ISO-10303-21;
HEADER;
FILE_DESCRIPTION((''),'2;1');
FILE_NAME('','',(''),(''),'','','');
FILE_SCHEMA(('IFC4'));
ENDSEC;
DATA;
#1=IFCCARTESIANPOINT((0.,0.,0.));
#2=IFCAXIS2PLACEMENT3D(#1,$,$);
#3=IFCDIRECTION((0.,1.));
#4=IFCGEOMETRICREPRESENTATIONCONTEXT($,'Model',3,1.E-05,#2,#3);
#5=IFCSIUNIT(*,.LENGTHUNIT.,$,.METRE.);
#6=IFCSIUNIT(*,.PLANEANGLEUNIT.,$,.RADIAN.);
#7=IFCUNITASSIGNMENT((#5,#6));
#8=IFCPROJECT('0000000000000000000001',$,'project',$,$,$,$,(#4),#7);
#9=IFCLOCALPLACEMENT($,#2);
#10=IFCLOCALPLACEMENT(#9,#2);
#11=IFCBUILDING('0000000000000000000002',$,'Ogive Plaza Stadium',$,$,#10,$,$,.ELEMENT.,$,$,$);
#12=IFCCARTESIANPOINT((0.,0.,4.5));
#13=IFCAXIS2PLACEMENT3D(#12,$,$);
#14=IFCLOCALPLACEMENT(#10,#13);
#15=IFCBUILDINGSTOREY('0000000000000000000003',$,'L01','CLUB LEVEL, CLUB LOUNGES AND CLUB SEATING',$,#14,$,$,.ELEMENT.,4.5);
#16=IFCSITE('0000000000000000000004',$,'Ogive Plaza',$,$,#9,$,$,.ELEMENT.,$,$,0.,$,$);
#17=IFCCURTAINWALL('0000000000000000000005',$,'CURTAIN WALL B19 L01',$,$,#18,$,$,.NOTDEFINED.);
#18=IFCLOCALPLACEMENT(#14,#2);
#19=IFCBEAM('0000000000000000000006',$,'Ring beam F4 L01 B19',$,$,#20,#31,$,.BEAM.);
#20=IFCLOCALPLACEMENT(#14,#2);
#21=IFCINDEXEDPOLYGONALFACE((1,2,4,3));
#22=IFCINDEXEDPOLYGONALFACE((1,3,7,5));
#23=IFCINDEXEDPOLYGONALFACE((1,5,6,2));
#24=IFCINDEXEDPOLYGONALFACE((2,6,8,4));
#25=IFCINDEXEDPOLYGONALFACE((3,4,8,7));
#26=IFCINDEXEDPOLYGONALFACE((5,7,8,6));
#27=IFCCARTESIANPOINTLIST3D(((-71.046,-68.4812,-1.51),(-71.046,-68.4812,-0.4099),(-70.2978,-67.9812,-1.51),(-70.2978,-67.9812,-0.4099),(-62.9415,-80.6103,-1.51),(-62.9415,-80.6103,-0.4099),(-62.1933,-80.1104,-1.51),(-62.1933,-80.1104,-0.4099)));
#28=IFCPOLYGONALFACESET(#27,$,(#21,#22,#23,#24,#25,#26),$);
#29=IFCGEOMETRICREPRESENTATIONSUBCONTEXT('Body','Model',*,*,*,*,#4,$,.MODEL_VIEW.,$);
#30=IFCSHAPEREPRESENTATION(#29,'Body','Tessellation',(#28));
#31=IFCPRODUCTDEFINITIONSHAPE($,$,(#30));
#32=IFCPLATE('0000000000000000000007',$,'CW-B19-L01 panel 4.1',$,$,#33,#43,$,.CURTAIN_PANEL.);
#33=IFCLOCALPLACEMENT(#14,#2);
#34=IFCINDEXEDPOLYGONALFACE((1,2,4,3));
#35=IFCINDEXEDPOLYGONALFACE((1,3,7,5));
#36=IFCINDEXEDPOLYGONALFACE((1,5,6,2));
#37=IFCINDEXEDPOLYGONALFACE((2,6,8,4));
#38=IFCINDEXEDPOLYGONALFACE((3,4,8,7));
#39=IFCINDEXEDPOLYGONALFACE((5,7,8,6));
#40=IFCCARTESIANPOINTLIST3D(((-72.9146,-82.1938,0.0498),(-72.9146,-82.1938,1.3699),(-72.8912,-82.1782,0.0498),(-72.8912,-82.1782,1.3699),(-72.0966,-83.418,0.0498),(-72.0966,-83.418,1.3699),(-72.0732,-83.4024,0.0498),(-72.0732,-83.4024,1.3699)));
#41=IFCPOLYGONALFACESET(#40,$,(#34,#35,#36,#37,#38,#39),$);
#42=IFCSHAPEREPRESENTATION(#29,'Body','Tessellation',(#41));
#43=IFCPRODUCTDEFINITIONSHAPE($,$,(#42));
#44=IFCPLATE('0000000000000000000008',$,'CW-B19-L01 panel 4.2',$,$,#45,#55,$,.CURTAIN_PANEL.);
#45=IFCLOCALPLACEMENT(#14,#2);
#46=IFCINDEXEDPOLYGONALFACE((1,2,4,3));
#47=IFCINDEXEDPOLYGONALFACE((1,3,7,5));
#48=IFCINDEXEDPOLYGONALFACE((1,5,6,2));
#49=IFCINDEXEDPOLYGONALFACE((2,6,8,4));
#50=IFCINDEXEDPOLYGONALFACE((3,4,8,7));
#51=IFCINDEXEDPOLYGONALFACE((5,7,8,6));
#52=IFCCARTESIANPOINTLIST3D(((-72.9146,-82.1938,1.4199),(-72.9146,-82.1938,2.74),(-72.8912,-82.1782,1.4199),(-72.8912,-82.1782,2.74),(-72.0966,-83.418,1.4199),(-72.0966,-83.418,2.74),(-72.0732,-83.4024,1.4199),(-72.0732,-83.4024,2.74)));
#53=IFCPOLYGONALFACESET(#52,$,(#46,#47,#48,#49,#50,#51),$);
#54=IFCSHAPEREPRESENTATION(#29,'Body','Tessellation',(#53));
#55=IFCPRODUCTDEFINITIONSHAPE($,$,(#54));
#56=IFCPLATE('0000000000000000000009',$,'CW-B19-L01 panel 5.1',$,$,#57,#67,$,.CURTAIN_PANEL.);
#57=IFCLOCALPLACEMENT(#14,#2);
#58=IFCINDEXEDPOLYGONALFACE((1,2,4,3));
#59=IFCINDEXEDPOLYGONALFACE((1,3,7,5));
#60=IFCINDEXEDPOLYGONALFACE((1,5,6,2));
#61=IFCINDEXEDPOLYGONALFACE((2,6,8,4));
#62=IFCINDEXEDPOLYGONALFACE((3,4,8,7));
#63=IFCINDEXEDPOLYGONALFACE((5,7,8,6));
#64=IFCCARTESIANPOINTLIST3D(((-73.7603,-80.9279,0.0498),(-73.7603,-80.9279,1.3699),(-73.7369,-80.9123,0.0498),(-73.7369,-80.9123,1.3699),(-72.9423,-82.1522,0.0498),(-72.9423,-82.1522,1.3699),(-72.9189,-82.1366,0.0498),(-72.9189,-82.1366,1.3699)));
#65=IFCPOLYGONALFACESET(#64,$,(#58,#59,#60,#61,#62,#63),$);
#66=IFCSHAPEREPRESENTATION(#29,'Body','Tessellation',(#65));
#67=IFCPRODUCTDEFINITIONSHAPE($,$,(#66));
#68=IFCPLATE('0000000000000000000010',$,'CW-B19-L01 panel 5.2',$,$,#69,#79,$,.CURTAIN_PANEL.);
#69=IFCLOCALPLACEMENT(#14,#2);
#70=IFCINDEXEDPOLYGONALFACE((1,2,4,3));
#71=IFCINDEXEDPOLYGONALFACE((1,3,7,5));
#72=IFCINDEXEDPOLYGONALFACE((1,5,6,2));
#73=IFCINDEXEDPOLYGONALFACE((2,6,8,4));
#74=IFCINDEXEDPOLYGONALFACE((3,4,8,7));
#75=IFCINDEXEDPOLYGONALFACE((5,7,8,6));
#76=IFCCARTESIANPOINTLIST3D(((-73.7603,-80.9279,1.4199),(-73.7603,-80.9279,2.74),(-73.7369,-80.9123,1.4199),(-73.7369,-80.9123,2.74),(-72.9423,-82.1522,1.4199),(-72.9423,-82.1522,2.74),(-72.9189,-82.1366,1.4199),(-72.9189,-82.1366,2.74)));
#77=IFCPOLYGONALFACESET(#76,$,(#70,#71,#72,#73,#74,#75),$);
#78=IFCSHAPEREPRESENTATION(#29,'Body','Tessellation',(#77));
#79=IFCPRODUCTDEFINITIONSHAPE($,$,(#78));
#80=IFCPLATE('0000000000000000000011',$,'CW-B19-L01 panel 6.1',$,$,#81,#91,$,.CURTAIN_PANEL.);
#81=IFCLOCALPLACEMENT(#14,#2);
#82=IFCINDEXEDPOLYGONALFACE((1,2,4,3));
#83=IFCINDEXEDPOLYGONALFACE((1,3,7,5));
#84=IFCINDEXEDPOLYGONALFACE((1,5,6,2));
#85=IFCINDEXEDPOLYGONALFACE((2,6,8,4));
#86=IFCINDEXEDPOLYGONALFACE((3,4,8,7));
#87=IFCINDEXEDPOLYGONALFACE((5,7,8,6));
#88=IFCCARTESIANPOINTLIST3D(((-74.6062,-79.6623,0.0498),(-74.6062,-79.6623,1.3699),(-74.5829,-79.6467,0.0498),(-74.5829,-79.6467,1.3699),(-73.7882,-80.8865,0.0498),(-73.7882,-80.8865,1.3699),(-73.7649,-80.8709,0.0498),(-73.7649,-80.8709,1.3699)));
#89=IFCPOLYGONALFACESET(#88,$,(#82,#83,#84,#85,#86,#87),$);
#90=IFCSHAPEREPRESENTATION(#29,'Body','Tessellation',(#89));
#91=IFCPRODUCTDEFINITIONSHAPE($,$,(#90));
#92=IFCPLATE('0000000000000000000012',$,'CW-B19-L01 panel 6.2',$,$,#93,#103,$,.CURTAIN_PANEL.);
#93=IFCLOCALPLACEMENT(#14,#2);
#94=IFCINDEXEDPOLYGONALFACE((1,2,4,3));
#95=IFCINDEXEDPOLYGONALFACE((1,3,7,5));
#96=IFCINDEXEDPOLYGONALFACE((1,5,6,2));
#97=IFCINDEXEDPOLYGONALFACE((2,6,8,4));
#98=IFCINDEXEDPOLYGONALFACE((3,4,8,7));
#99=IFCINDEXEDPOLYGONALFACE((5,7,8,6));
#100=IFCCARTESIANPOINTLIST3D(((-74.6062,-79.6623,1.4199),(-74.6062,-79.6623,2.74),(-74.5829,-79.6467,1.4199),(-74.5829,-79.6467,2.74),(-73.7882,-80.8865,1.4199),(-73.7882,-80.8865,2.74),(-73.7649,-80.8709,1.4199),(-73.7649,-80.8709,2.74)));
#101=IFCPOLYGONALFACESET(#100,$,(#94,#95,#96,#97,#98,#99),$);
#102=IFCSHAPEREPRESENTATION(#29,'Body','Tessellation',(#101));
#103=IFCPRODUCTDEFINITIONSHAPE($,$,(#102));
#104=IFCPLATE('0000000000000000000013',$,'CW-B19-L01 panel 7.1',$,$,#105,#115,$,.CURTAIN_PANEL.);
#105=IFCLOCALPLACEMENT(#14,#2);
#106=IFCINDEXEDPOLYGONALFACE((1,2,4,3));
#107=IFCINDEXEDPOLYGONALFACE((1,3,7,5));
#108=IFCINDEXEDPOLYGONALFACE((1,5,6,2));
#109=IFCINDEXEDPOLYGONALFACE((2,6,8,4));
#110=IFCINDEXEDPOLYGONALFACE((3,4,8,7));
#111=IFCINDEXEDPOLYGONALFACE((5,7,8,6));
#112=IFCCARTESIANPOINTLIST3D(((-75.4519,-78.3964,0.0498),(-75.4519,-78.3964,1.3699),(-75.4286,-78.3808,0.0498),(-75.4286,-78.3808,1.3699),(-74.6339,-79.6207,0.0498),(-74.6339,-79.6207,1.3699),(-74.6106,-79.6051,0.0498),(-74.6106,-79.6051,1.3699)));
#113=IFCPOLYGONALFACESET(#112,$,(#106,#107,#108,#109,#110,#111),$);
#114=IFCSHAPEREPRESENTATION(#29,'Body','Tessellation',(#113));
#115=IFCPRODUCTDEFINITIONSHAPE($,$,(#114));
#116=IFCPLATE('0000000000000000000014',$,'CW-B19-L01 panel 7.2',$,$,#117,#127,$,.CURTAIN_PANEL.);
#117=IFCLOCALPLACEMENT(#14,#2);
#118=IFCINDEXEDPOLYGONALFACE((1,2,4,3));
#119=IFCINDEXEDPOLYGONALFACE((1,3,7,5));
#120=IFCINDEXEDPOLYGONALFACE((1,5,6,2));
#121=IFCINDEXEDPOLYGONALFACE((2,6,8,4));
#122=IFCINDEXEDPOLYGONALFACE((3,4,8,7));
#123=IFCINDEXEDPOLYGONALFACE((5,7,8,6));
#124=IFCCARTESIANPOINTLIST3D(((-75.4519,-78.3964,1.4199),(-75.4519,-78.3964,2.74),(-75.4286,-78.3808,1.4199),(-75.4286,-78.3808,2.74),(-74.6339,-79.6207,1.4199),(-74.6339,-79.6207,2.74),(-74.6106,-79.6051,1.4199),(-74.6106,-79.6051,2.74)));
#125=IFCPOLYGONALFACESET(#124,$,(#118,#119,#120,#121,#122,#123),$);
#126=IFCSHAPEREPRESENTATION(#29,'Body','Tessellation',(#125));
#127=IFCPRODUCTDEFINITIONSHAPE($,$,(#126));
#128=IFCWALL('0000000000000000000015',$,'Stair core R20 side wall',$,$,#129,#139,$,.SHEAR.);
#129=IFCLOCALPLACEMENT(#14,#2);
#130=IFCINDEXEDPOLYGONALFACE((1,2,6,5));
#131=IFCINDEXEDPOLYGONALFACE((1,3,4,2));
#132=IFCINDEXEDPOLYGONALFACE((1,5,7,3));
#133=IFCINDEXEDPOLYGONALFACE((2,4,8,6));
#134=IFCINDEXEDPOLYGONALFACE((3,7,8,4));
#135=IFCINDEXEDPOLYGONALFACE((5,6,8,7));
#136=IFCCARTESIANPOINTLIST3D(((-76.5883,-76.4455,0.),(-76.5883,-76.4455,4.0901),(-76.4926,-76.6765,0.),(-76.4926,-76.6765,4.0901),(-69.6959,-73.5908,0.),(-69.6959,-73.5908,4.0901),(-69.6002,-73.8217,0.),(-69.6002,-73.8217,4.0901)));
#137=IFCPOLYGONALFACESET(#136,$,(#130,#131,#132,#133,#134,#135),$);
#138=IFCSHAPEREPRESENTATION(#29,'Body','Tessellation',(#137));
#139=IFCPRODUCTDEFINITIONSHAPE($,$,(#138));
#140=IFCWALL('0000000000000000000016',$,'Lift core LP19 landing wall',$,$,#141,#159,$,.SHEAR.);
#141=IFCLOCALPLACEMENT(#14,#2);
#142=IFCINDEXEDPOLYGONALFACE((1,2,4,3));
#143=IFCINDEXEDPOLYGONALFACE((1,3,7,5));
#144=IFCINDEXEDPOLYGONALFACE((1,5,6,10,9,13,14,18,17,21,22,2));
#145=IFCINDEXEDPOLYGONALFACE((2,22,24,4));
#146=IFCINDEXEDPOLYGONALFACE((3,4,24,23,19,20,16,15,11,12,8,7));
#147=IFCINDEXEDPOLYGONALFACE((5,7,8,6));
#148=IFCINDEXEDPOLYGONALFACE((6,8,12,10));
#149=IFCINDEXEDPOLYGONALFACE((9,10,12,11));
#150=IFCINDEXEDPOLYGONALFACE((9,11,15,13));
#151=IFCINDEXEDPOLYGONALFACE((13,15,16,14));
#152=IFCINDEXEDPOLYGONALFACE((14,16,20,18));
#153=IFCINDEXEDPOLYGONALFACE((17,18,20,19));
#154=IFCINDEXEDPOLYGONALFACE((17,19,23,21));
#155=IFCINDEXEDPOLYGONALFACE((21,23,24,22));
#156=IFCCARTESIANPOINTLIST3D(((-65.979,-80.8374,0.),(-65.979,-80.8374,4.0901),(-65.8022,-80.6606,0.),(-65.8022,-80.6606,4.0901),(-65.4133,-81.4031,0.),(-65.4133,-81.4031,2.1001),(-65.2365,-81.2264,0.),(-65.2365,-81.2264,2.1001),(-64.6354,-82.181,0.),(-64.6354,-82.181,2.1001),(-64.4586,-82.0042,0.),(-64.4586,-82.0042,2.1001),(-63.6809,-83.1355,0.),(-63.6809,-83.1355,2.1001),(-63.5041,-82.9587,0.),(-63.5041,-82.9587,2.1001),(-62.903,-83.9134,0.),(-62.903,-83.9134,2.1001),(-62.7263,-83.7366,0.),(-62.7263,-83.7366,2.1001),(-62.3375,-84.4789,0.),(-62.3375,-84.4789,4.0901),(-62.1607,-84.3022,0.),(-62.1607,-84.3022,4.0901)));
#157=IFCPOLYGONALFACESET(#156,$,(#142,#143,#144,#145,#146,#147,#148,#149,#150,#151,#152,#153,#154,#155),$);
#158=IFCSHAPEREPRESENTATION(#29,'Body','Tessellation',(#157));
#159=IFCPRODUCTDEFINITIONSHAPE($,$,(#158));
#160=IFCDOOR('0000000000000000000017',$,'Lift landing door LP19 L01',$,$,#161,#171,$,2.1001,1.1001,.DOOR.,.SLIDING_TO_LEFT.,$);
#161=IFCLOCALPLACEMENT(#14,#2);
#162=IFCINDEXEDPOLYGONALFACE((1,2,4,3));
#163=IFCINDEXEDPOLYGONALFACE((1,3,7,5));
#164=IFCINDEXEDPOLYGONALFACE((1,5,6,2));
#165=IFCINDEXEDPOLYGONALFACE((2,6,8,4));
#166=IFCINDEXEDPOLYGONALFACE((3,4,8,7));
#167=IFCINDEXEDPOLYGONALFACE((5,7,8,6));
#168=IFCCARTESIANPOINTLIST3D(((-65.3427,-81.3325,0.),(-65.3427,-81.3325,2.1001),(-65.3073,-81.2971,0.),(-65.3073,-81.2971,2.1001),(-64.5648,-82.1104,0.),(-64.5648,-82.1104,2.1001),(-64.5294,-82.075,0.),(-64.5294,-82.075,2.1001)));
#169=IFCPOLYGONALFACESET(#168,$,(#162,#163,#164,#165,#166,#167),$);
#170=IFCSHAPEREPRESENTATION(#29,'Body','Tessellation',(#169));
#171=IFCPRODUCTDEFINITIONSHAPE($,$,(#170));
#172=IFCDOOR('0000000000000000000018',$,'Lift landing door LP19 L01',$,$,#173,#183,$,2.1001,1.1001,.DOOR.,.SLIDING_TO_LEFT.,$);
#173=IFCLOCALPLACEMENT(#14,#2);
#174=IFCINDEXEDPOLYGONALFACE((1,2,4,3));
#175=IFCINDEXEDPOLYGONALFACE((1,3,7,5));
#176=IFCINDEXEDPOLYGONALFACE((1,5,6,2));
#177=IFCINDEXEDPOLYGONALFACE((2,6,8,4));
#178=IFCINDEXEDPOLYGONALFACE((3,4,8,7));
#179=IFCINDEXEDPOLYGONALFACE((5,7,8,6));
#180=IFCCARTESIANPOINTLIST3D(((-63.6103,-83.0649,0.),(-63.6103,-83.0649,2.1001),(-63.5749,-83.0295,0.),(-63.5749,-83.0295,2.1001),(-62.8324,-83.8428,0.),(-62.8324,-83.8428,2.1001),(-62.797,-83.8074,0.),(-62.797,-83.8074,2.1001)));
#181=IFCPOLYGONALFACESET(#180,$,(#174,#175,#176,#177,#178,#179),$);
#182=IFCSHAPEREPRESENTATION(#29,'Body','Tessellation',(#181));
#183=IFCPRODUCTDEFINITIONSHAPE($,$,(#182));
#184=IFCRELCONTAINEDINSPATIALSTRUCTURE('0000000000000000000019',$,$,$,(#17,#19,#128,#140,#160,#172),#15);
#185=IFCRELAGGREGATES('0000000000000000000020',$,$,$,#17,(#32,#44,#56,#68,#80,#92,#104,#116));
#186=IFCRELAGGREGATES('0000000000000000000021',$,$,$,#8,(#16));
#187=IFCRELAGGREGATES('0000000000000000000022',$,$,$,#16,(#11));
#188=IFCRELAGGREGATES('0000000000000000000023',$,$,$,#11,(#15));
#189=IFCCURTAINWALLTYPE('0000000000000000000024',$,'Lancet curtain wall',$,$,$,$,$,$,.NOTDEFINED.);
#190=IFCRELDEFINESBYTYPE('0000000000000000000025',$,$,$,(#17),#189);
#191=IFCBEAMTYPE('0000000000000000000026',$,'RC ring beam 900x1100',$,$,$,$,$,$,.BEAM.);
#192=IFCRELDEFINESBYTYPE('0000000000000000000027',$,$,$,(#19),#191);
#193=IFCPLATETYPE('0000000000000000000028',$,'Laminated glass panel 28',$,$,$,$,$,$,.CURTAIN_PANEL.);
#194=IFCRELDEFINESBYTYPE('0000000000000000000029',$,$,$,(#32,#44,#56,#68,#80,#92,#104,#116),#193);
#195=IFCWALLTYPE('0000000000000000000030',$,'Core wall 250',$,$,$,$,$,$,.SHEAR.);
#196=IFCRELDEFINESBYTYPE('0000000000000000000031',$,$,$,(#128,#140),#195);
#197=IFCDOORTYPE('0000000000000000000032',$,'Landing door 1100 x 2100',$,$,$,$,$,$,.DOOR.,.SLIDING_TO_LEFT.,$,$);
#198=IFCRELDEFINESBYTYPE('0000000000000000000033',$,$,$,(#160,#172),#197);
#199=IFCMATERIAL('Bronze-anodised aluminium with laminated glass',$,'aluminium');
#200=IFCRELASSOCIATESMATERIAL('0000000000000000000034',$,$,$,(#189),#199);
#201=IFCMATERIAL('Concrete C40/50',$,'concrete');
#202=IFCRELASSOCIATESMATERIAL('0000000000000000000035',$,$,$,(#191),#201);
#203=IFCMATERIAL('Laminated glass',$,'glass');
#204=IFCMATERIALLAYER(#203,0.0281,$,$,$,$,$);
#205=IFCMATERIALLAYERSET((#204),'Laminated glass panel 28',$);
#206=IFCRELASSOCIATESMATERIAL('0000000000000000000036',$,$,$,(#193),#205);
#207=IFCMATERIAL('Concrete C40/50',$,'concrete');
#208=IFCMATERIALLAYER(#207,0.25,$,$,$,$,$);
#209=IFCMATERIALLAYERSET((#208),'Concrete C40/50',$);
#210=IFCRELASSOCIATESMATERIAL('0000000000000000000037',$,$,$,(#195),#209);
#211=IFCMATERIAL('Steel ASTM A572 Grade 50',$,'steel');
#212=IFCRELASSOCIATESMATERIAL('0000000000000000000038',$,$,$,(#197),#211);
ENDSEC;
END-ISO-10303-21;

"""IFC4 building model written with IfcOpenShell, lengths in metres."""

from ifc_helpers import new_model, si_unit, direction, frame, frame_2d, origin, origin_2d, place, context, subcontext, project, spatial, rectangle, extrude, material, layer, layer_set, material_profile, profile_set, type_object, element, fill, aggregate, save


model = new_model("IFC4")

# Units and contexts
model_context = context("Model", 3, precision=1e-05, world=origin(), true_north=direction((0.0, 1.0)))
body_context = subcontext(model_context, "Body", "Model", "MODEL_VIEW")
ifc_project = project(units=[si_unit("LENGTHUNIT", "METRE"), si_unit("PLANEANGLEUNIT", "RADIAN")], contexts=[model_context])

# Site, building, storey
site_placement = place(None, origin())
site = spatial("IfcSite", under=ifc_project, at=site_placement, Name="Ogive Plaza", CompositionType="ELEMENT", RefElevation=0.0)
building_placement = place(site_placement, origin())
building = spatial("IfcBuilding", under=site, at=building_placement, Name="Ogive Plaza Stadium", CompositionType="ELEMENT")
storey_placement = place(building_placement, frame((0.0, 0.0, 4.5)))
storey = spatial("IfcBuildingStorey", under=building, at=storey_placement, Name="L01", Description="CLUB LEVEL, CLUB LOUNGES AND CLUB SEATING", CompositionType="ELEMENT", Elevation=4.5)

# Curtain wall
ifc_material_1 = material(Name="Bronze-anodised aluminium with laminated glass", Category="aluminium")
curtain_wall_type = type_object("IfcCurtainWallType", Name="Lancet curtain wall", PredefinedType="NOTDEFINED", material=ifc_material_1)
curtain_wall_placement = place(storey_placement, origin())
curtain_wall = element("IfcCurtainWall", 1, at=curtain_wall_placement, inside=storey, type_object=curtain_wall_type, Name="CURTAIN WALL B19 L01", PredefinedType="NOTDEFINED")

# Beam
ifc_material_2 = material(Name="Concrete C40/50", Category="concrete")
ifc_material_profile_1 = material_profile(ifc_material_2, rectangle(XDim=0.8999, YDim=1.1001, at=origin_2d()), Name="RC 900x1100")
ifc_profile_set_1 = profile_set([ifc_material_profile_1], Name="Concrete C40/50")
beam_type = type_object("IfcBeamType", Name="RC ring beam 900x1100", PredefinedType="BEAM", material=ifc_profile_set_1)
beam_placement = place(storey_placement, frame((-62.5674, -80.3604, -0.96), z_axis=(-0.555573, 0.831468, 0.0), x_axis=(-0.831468, -0.555573, 0.0)))
element("IfcBeam", 2, at=beam_placement, inside=storey, type_object=beam_type, Name="Ring beam F4 L01 B19", PredefinedType="BEAM", context=body_context, shape_type="SweptSolid", body=[
    extrude(rectangle(XDim=0.8999, YDim=1.1001, at=origin_2d()), origin(), (0.0, 0.0, 1.0), 14.5876),
])

# Plates
ifc_material_3 = material(Name="Laminated glass", Category="glass")
ifc_layer_1 = layer(ifc_material_3, 0.0281)
ifc_layer_set_1 = layer_set([ifc_layer_1], Name="Laminated glass panel 28")
plate_type = type_object("IfcPlateType", Name="Laminated glass panel 28", PredefinedType="CURTAIN_PANEL", material=ifc_layer_set_1)
plate_1_placement = place(storey_placement, frame((-72.4939, -82.7981, 0.0498), z_axis=(0.0, 0.0, 1.0), x_axis=(-0.55557, 0.83147, 0.0)))
plate_1 = element("IfcPlate", 3, at=plate_1_placement, type_object=plate_type, Name="CW-B19-L01 panel 4.1", PredefinedType="CURTAIN_PANEL", context=body_context, shape_type="SweptSolid", body=[
    extrude(rectangle(XDim=1.4724, YDim=0.0281, at=origin_2d()), origin(), (0.0, 0.0, 1.0), 1.3201),
])
plate_2_placement = place(storey_placement, frame((-72.4939, -82.7981, 1.4199), z_axis=(0.0, 0.0, 1.0), x_axis=(-0.55557, 0.83147, 0.0)))
plate_2 = element("IfcPlate", 4, at=plate_2_placement, type_object=plate_type, Name="CW-B19-L01 panel 4.2", PredefinedType="CURTAIN_PANEL", context=body_context, shape_type="SweptSolid", body=[
    extrude(rectangle(XDim=1.4724, YDim=0.0281, at=origin_2d()), origin(), (0.0, 0.0, 1.0), 1.3201),
])
plate_3_placement = place(storey_placement, frame((-73.3396, -81.5322, 0.0498), z_axis=(0.0, 0.0, 1.0), x_axis=(-0.55557, 0.83147, 0.0)))
plate_3 = element("IfcPlate", 5, at=plate_3_placement, type_object=plate_type, Name="CW-B19-L01 panel 5.1", PredefinedType="CURTAIN_PANEL", context=body_context, shape_type="SweptSolid", body=[
    extrude(rectangle(XDim=1.4724, YDim=0.0281, at=origin_2d()), origin(), (0.0, 0.0, 1.0), 1.3201),
])
plate_4_placement = place(storey_placement, frame((-73.3396, -81.5322, 1.4199), z_axis=(0.0, 0.0, 1.0), x_axis=(-0.55557, 0.83147, 0.0)))
plate_4 = element("IfcPlate", 6, at=plate_4_placement, type_object=plate_type, Name="CW-B19-L01 panel 5.2", PredefinedType="CURTAIN_PANEL", context=body_context, shape_type="SweptSolid", body=[
    extrude(rectangle(XDim=1.4724, YDim=0.0281, at=origin_2d()), origin(), (0.0, 0.0, 1.0), 1.3201),
])
plate_5_placement = place(storey_placement, frame((-74.1855, -80.2666, 0.0498), z_axis=(0.0, 0.0, 1.0), x_axis=(-0.55557, 0.83147, 0.0)))
plate_5 = element("IfcPlate", 7, at=plate_5_placement, type_object=plate_type, Name="CW-B19-L01 panel 6.1", PredefinedType="CURTAIN_PANEL", context=body_context, shape_type="SweptSolid", body=[
    extrude(rectangle(XDim=1.4724, YDim=0.0281, at=origin_2d()), origin(), (0.0, 0.0, 1.0), 1.3201),
])
plate_6_placement = place(storey_placement, frame((-74.1855, -80.2666, 1.4199), z_axis=(0.0, 0.0, 1.0), x_axis=(-0.55557, 0.83147, 0.0)))
plate_6 = element("IfcPlate", 8, at=plate_6_placement, type_object=plate_type, Name="CW-B19-L01 panel 6.2", PredefinedType="CURTAIN_PANEL", context=body_context, shape_type="SweptSolid", body=[
    extrude(rectangle(XDim=1.4724, YDim=0.0281, at=origin_2d()), origin(), (0.0, 0.0, 1.0), 1.3201),
])
plate_7_placement = place(storey_placement, frame((-75.0312, -79.0007, 0.0498), z_axis=(0.0, 0.0, 1.0), x_axis=(-0.55557, 0.83147, 0.0)))
plate_7 = element("IfcPlate", 9, at=plate_7_placement, type_object=plate_type, Name="CW-B19-L01 panel 7.1", PredefinedType="CURTAIN_PANEL", context=body_context, shape_type="SweptSolid", body=[
    extrude(rectangle(XDim=1.4724, YDim=0.0281, at=origin_2d()), origin(), (0.0, 0.0, 1.0), 1.3201),
])
plate_8_placement = place(storey_placement, frame((-75.0312, -79.0007, 1.4199), z_axis=(0.0, 0.0, 1.0), x_axis=(-0.55557, 0.83147, 0.0)))
plate_8 = element("IfcPlate", 10, at=plate_8_placement, type_object=plate_type, Name="CW-B19-L01 panel 7.2", PredefinedType="CURTAIN_PANEL", context=body_context, shape_type="SweptSolid", body=[
    extrude(rectangle(XDim=1.4724, YDim=0.0281, at=origin_2d()), origin(), (0.0, 0.0, 1.0), 1.3201),
])
aggregate(curtain_wall, [plate_1, plate_2, plate_3, plate_4, plate_5, plate_6, plate_7, plate_8])

# Wall
ifc_material_4 = material(Name="Concrete C40/50", Category="concrete")
ifc_layer_2 = layer(ifc_material_4, 0.25)
ifc_layer_set_2 = layer_set([ifc_layer_2], Name="Concrete C40/50")
wall_type_1 = type_object("IfcWallType", Name="Core wall 250", PredefinedType="SHEAR", material=ifc_layer_set_2)
wall_1_placement = place(storey_placement, frame((-69.6482, -73.7063, 0.0), z_axis=(0.0, 0.0, 1.0), x_axis=(-0.923887, -0.382665, 0.0)))
element("IfcWall", 11, at=wall_1_placement, inside=storey, type_object=wall_type_1, Name="Stair core R20 side wall", PredefinedType="SHEAR", context=body_context, shape_type="SweptSolid", body=[
    extrude(rectangle(XDim=7.4602, YDim=0.25, at=frame_2d((3.73, 0.0))), origin(), (0.0, 0.0, 1.0), 4.0901),
])

# Wall, openings, doors
wall_2_placement = place(storey_placement, frame((-65.8906, -80.749, 0.0), z_axis=(0.0, 0.0, 1.0), x_axis=(0.707107, -0.707107, 0.0)))
wall_2 = element("IfcWall", 12, at=wall_2_placement, inside=storey, type_object=wall_type_1, Name="Lift core LP19 landing wall", PredefinedType="SHEAR", context=body_context, shape_type="SweptSolid", body=[
    extrude(rectangle(XDim=5.1499, YDim=0.25, at=frame_2d((2.575, 0.0))), origin(), (0.0, 0.0, 1.0), 4.0901),
])
opening_1_placement = place(wall_2_placement, frame((0.8, 0.0, 0.0)))
opening_1 = element("IfcOpeningElement", 13, at=opening_1_placement, cuts=wall_2, PredefinedType="OPENING", context=body_context, shape_type="SweptSolid", body=[
    extrude(rectangle(XDim=1.1001, YDim=2.1001, at=frame_2d((0.55, 1.05))), frame((0.0, 0.125, 0.0), z_axis=(0.0, -1.0, 0.0), x_axis=(1.0, 0.0, 0.0)), (0.0, 0.0, 1.0), 0.25),
])
opening_2_placement = place(wall_2_placement, frame((3.25, 0.0, 0.0)))
opening_2 = element("IfcOpeningElement", 14, at=opening_2_placement, cuts=wall_2, PredefinedType="OPENING", context=body_context, shape_type="SweptSolid", body=[
    extrude(rectangle(XDim=1.1001, YDim=2.1001, at=frame_2d((0.55, 1.05))), frame((0.0, 0.125, 0.0), z_axis=(0.0, -1.0, 0.0), x_axis=(1.0, 0.0, 0.0)), (0.0, 0.0, 1.0), 0.25),
])
ifc_material_5 = material(Name="Steel ASTM A572 Grade 50", Category="steel")
door_type_1 = type_object("IfcDoorType", Name="Landing door 1100 x 2100", OperationType="SLIDING_TO_LEFT", PredefinedType="DOOR", material=ifc_material_5)
door_1_placement = place(opening_1_placement, origin())
door_1 = element("IfcDoor", 15, at=door_1_placement, inside=storey, type_object=door_type_1, Name="Lift landing door LP19 L01", OperationType="SLIDING_TO_LEFT", OverallHeight=2.1001, OverallWidth=1.1001, PredefinedType="DOOR", context=body_context, shape_type="SweptSolid", body=[
    extrude(rectangle(XDim=1.1001, YDim=2.1001, at=frame_2d((0.55, 1.05))), frame((0.0, 0.0249, 0.0), z_axis=(0.0, -1.0, 0.0), x_axis=(1.0, 0.0, 0.0)), (0.0, 0.0, 1.0), 0.05),
])
fill(opening_1, door_1)
door_2_placement = place(opening_2_placement, origin())
door_2 = element("IfcDoor", 16, at=door_2_placement, inside=storey, type_object=door_type_1, Name="Lift landing door LP19 L01", OperationType="SLIDING_TO_LEFT", OverallHeight=2.1001, OverallWidth=1.1001, PredefinedType="DOOR", context=body_context, shape_type="SweptSolid", body=[
    extrude(rectangle(XDim=1.1001, YDim=2.1001, at=frame_2d((0.55, 1.05))), frame((0.0, 0.0249, 0.0), z_axis=(0.0, -1.0, 0.0), x_axis=(1.0, 0.0, 0.0)), (0.0, 0.0, 1.0), 0.05),
])
fill(opening_2, door_2)

save(model, "model.ifc")
